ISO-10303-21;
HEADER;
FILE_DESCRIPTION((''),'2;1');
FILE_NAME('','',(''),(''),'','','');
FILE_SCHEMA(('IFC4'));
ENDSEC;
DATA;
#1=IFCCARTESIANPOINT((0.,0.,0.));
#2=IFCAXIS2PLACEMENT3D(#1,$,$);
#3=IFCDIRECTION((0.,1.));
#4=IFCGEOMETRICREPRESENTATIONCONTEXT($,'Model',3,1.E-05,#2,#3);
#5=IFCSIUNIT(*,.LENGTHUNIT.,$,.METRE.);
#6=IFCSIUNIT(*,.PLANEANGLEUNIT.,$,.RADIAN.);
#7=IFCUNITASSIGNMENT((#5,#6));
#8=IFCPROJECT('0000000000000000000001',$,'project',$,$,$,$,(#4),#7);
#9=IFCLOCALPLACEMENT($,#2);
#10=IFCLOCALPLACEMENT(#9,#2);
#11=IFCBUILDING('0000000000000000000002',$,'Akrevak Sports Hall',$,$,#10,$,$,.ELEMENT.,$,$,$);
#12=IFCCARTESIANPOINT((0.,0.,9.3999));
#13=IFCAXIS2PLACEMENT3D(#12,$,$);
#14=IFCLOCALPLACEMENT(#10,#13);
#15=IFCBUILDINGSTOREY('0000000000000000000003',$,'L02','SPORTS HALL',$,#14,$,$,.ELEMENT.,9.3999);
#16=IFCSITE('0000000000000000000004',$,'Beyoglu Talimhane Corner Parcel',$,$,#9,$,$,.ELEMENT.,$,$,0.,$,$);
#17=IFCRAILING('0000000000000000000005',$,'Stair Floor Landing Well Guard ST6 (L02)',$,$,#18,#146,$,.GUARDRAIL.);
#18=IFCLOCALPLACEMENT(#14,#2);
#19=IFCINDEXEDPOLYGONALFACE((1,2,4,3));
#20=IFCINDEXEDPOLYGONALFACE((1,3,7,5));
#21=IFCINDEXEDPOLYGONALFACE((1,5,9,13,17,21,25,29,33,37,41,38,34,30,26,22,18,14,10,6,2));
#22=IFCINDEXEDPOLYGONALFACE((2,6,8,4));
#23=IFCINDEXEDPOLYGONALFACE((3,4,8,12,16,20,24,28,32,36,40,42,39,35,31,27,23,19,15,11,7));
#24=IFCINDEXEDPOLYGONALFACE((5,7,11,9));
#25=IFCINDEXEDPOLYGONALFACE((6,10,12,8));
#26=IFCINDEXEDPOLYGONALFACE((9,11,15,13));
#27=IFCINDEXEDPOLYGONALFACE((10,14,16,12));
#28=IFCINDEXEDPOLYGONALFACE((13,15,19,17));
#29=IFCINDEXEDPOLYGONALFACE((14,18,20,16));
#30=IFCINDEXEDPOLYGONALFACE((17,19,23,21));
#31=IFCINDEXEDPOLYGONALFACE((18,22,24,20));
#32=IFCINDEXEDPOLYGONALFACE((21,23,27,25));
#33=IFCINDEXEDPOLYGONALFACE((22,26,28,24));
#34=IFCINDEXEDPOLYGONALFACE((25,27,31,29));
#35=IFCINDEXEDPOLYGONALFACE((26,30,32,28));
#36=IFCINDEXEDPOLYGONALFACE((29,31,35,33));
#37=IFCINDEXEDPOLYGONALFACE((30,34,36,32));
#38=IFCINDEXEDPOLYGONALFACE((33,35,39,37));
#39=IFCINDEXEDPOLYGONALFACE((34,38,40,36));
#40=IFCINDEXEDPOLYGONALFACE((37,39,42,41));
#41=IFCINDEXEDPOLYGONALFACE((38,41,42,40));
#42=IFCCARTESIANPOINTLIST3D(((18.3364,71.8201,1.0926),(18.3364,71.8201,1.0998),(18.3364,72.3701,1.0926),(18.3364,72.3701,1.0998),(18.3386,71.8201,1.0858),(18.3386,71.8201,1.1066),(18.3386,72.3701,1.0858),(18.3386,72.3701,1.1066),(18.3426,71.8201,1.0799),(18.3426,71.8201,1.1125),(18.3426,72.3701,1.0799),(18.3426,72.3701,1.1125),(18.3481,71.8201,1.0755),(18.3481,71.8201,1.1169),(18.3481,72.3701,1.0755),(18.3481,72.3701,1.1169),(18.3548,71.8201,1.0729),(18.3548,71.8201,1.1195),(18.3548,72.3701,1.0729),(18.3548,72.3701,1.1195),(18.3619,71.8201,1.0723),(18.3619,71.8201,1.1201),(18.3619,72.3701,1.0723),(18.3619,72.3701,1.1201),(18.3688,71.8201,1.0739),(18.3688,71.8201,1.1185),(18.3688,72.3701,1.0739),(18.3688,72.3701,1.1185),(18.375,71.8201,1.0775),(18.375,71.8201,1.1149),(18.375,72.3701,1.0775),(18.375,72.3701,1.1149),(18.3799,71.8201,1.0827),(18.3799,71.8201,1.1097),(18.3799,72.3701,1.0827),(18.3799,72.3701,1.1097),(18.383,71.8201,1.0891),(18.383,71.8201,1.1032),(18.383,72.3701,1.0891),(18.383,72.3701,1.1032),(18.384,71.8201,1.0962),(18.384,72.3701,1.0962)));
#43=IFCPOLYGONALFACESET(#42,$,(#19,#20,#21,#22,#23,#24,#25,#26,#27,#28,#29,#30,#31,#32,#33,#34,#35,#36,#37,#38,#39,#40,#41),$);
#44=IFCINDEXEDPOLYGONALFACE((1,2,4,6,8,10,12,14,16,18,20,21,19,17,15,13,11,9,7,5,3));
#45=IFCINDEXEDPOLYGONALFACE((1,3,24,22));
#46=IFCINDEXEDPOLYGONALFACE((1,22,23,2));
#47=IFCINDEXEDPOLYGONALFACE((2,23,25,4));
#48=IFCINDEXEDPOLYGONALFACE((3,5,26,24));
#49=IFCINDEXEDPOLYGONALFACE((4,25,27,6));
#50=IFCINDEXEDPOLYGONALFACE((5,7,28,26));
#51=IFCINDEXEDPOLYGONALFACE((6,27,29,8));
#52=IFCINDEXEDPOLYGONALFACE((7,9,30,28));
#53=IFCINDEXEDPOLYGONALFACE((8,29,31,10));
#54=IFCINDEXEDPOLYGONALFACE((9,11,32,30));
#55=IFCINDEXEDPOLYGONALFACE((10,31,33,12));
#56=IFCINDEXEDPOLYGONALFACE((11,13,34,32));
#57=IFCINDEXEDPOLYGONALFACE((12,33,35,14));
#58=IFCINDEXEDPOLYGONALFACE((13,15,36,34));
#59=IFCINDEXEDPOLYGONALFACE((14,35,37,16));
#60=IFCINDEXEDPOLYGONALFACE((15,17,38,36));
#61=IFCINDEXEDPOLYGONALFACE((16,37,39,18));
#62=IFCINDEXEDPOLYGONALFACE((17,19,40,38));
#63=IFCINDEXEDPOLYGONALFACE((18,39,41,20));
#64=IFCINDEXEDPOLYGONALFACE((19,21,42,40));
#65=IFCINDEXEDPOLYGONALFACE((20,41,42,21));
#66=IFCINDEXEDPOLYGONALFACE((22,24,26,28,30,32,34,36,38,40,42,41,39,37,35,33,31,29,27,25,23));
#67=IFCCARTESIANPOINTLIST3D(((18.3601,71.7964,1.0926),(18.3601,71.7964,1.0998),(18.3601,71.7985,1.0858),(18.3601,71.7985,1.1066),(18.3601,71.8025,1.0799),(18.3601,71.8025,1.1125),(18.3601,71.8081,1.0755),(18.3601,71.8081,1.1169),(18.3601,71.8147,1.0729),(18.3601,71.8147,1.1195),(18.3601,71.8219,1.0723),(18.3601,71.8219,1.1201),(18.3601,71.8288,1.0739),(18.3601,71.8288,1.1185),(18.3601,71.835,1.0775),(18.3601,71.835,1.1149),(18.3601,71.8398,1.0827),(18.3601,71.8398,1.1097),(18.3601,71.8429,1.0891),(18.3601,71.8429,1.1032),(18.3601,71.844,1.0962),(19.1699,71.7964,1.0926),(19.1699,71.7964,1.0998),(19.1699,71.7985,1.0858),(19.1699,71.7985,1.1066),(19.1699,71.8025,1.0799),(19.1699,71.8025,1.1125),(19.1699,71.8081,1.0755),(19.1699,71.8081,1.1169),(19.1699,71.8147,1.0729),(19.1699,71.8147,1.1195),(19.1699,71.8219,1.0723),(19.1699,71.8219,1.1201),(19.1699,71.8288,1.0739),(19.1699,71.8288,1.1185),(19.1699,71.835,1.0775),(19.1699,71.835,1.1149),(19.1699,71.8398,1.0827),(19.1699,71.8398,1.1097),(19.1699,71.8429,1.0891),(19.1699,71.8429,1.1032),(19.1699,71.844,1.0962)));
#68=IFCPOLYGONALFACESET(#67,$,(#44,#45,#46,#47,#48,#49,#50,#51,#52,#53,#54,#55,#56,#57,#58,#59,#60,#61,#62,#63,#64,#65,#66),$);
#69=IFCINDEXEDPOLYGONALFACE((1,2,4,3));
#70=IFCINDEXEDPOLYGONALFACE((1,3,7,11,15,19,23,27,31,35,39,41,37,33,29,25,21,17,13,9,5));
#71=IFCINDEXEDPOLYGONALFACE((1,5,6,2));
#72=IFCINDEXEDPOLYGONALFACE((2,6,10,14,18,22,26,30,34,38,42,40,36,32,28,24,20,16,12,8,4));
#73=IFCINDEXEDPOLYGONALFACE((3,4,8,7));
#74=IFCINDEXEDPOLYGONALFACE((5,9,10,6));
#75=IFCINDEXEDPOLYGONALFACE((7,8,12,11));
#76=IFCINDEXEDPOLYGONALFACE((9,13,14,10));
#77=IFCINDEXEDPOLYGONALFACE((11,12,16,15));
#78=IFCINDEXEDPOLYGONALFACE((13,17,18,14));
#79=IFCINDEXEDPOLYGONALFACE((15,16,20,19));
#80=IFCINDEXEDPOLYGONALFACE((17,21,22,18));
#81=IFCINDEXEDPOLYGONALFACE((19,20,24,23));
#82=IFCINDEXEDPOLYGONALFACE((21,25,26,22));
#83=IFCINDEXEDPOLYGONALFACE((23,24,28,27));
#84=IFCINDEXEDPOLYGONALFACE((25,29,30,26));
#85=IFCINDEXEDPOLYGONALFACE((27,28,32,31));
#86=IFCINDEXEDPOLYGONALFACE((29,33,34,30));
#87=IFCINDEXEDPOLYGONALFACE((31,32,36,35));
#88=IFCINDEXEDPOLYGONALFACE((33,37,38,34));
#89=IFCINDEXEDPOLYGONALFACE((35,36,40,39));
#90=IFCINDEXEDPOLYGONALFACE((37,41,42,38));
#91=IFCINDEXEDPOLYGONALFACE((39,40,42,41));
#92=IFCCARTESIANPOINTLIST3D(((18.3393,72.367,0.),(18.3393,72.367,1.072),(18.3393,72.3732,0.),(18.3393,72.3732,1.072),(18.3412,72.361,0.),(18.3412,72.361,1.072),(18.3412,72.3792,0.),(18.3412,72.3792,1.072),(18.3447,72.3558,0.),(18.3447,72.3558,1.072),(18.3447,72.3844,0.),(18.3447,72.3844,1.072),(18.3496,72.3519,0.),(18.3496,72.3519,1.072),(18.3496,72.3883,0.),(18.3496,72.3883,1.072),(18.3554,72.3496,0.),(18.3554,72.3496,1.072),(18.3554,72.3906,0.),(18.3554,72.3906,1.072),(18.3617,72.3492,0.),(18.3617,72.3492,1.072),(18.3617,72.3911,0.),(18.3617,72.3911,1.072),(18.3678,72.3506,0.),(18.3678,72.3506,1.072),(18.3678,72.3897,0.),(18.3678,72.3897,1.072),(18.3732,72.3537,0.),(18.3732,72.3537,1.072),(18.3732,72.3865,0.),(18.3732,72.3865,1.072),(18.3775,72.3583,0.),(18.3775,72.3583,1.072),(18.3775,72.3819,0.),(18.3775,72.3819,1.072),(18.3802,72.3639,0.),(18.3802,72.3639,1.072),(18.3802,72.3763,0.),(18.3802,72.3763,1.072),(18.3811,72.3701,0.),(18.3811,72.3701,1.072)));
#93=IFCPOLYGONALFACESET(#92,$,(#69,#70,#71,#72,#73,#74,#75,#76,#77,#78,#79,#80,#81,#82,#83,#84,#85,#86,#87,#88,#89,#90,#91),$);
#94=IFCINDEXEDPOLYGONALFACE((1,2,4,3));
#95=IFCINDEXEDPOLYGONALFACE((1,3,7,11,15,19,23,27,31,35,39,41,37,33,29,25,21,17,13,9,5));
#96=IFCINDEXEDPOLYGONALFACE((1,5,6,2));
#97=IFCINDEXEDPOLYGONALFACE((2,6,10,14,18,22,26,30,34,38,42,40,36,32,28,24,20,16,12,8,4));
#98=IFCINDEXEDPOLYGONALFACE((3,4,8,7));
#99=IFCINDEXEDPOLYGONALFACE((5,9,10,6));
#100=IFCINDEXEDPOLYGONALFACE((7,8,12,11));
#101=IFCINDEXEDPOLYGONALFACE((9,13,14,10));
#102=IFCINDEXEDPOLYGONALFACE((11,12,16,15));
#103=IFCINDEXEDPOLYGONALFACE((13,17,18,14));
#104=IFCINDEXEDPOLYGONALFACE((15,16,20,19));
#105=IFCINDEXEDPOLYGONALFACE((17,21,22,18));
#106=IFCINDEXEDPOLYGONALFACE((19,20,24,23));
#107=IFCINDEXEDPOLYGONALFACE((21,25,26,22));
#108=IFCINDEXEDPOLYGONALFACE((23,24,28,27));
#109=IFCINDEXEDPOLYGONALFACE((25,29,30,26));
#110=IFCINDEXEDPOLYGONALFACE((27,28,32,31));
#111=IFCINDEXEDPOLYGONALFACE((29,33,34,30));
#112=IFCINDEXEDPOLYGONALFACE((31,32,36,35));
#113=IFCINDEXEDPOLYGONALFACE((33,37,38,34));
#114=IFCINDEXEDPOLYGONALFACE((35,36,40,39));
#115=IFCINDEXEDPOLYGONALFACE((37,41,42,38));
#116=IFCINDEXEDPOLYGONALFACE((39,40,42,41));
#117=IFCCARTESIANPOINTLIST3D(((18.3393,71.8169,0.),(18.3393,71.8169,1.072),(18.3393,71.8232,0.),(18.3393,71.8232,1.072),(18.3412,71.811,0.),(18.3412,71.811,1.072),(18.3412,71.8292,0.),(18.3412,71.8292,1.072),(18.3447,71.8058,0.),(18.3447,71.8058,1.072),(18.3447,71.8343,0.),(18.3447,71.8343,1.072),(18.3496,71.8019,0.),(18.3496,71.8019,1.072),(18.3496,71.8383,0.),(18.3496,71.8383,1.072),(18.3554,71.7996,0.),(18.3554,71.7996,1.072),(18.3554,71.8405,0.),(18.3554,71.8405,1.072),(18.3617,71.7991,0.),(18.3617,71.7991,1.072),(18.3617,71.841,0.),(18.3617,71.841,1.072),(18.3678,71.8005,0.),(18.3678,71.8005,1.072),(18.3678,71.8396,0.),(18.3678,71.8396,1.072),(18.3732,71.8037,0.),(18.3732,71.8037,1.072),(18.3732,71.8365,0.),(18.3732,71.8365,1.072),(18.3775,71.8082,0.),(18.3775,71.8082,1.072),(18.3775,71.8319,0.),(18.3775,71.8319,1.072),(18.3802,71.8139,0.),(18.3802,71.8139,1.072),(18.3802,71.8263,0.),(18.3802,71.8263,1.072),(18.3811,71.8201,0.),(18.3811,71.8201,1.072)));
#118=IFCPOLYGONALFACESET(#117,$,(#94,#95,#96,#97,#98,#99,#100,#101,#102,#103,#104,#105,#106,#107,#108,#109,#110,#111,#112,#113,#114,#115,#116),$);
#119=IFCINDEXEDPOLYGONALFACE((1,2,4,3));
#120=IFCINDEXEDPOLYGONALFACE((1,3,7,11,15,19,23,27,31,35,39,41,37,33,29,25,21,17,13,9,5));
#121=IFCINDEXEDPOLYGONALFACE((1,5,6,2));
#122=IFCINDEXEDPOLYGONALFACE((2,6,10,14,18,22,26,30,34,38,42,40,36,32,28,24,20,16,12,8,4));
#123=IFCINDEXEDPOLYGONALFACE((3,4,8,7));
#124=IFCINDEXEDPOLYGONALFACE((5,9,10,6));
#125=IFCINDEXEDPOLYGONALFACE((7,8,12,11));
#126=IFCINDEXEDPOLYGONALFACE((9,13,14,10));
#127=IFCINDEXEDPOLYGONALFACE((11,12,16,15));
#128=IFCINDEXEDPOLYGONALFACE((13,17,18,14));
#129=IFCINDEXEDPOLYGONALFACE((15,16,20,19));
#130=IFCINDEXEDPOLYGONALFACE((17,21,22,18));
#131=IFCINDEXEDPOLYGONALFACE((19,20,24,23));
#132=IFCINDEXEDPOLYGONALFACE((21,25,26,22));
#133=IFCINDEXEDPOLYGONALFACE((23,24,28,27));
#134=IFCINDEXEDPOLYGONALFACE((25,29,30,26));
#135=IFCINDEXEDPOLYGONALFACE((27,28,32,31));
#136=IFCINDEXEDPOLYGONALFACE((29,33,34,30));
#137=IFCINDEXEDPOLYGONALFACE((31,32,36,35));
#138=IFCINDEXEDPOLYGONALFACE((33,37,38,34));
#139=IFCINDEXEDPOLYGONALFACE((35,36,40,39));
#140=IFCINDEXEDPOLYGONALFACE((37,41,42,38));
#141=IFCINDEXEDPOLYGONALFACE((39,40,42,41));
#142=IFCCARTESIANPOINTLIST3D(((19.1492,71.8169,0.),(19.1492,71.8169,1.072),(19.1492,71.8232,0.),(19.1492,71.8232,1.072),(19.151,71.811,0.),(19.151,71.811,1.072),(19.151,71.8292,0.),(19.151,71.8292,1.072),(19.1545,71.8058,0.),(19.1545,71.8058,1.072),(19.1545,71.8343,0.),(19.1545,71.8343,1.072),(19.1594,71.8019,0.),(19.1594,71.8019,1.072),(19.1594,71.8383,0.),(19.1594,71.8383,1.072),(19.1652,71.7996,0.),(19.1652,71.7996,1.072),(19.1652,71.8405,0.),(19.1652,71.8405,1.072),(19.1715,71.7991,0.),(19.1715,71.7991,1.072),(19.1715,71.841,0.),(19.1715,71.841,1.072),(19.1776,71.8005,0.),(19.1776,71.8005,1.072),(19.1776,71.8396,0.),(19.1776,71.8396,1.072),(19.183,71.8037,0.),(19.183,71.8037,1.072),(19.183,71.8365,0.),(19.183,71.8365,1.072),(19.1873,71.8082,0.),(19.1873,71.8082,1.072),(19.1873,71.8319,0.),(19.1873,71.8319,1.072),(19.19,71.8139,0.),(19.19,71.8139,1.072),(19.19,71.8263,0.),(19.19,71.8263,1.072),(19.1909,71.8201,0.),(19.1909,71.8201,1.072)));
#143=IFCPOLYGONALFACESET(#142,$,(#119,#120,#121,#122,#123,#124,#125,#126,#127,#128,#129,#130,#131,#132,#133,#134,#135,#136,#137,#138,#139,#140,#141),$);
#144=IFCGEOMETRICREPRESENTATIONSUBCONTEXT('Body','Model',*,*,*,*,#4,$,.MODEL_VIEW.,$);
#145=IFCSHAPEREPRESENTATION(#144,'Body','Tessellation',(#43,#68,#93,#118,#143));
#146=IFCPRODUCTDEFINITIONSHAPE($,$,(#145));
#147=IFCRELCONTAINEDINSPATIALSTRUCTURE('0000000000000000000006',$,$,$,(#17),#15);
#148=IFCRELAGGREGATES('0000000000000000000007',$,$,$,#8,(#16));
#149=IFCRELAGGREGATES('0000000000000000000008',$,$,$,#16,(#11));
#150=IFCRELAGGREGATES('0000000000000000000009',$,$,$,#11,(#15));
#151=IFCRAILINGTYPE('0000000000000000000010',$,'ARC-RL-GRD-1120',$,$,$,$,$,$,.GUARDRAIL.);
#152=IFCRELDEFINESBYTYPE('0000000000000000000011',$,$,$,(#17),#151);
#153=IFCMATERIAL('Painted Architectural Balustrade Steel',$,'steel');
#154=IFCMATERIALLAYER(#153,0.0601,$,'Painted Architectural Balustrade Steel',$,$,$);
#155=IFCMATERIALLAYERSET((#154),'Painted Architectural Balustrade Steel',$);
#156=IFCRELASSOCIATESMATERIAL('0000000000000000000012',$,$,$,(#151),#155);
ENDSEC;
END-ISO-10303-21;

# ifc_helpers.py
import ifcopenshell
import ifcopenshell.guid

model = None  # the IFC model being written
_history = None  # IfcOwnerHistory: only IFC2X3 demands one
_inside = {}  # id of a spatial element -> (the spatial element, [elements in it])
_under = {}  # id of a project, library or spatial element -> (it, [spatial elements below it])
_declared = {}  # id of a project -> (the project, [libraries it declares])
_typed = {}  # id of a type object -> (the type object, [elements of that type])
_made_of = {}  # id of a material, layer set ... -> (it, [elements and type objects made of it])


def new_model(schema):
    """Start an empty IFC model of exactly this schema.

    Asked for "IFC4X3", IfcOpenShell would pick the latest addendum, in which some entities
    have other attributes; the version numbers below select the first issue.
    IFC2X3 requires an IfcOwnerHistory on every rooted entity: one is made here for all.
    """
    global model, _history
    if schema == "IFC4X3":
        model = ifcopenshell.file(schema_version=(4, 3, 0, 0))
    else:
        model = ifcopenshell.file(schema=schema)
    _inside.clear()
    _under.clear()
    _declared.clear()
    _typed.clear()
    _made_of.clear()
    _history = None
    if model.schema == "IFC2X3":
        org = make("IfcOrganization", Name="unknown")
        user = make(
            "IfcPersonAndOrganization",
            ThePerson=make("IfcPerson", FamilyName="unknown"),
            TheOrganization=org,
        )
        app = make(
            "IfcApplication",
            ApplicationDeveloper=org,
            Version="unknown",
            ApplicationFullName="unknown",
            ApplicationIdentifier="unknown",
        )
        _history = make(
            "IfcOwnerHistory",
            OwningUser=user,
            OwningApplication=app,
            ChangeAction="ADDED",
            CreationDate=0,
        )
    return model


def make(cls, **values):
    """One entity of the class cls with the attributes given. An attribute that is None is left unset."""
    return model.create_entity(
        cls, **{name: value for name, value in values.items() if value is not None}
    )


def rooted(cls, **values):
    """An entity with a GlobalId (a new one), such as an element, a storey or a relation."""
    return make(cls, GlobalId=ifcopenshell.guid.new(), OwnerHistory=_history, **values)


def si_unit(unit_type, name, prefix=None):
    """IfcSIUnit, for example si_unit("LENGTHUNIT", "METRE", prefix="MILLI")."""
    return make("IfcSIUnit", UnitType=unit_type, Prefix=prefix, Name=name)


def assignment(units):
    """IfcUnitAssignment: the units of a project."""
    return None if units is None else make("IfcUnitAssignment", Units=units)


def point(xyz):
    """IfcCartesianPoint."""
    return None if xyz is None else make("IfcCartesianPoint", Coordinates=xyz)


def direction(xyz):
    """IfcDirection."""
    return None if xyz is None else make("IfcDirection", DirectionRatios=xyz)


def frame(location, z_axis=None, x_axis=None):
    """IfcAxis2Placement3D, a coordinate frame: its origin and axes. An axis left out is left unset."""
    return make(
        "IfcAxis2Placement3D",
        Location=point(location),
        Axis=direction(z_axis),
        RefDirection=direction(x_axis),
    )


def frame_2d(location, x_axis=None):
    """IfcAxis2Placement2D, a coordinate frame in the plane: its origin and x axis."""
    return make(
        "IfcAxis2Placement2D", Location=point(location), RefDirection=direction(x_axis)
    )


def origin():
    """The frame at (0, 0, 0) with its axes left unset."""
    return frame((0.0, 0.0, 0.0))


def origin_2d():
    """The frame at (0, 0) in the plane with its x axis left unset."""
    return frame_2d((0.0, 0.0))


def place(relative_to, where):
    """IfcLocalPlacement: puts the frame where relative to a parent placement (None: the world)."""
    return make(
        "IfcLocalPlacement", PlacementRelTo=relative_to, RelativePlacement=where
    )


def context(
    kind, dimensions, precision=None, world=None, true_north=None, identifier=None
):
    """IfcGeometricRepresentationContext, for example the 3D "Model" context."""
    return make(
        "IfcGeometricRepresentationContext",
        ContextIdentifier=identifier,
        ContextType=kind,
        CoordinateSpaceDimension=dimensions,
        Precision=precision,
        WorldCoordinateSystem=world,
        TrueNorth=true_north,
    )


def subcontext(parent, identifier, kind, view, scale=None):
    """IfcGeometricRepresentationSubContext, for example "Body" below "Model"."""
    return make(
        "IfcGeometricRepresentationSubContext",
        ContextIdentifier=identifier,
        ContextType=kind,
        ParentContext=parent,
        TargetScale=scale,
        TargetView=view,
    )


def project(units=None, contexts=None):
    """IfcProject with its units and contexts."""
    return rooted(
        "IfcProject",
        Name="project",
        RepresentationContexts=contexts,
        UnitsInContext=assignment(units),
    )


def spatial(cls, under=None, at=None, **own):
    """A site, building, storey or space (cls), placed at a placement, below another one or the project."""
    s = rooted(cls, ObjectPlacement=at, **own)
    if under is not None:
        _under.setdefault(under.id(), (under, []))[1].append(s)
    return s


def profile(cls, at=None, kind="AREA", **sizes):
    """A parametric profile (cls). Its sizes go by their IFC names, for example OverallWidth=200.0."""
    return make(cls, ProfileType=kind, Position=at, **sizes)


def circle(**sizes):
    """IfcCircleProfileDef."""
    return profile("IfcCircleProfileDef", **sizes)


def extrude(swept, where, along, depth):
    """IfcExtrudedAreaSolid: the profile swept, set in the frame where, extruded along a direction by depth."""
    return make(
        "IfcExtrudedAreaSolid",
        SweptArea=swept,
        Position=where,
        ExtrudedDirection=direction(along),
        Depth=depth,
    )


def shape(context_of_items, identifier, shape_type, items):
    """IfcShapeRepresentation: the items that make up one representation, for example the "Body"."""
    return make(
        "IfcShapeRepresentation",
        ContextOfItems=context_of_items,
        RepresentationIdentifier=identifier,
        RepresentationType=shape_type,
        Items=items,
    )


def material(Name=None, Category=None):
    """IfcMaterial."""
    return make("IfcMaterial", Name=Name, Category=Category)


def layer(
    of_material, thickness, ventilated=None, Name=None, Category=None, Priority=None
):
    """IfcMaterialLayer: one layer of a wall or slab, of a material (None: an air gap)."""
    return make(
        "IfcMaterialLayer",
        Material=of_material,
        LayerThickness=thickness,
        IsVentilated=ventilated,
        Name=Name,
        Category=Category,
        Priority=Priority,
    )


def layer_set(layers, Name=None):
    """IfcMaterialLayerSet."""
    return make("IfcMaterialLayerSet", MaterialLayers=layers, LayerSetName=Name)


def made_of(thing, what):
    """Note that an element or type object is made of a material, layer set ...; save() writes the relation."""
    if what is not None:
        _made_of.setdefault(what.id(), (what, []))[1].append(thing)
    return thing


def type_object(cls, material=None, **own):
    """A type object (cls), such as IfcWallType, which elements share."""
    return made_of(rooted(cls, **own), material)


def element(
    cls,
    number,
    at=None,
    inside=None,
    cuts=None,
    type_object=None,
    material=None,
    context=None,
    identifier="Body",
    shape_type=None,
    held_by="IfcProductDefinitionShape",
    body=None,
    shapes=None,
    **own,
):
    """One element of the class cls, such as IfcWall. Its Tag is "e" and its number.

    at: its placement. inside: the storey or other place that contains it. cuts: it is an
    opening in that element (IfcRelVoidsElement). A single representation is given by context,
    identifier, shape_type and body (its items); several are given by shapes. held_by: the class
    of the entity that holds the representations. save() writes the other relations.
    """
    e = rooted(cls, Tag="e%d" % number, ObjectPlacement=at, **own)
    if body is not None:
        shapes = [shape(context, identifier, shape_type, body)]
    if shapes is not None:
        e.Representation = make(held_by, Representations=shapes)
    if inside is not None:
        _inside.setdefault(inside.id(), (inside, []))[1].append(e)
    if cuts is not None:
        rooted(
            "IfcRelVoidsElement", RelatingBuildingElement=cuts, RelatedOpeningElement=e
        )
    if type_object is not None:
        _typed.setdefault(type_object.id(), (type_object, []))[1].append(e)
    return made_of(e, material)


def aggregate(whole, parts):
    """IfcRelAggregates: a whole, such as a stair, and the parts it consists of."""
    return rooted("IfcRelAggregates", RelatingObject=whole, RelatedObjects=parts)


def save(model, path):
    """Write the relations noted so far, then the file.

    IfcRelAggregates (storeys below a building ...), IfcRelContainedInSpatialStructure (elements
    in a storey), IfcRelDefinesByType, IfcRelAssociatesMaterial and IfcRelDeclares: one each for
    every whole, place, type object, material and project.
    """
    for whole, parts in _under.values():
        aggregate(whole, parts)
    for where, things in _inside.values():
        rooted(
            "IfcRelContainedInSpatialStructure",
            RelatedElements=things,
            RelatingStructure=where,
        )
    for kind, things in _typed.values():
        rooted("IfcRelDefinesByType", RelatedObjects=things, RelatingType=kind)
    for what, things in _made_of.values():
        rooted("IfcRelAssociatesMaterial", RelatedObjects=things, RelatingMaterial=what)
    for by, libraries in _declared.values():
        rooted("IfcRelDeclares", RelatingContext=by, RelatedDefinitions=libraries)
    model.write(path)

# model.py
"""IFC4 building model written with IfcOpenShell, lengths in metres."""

from ifc_helpers import new_model, si_unit, direction, frame, origin, origin_2d, place, context, subcontext, project, spatial, circle, extrude, material, layer, layer_set, type_object, element, save


model = new_model("IFC4")

# Units and contexts
model_context = context("Model", 3, precision=1e-05, world=origin(), true_north=direction((0.0, 1.0)))
body_context = subcontext(model_context, "Body", "Model", "MODEL_VIEW")
ifc_project = project(units=[si_unit("LENGTHUNIT", "METRE"), si_unit("PLANEANGLEUNIT", "RADIAN")], contexts=[model_context])

# Site, building, storey
site_placement = place(None, origin())
site = spatial("IfcSite", under=ifc_project, at=site_placement, Name="Beyoglu Talimhane Corner Parcel", CompositionType="ELEMENT", RefElevation=0.0)
building_placement = place(site_placement, origin())
building = spatial("IfcBuilding", under=site, at=building_placement, Name="Akrevak Sports Hall", CompositionType="ELEMENT")
storey_placement = place(building_placement, frame((0.0, 0.0, 9.3999)))
storey = spatial("IfcBuildingStorey", under=building, at=storey_placement, Name="L02", Description="SPORTS HALL", CompositionType="ELEMENT", Elevation=9.3999)

# Railing
ifc_material_1 = material(Name="Painted Architectural Balustrade Steel", Category="steel")
ifc_layer_1 = layer(ifc_material_1, 0.0601, Name="Painted Architectural Balustrade Steel")
ifc_layer_set_1 = layer_set([ifc_layer_1], Name="Painted Architectural Balustrade Steel")
railing_type_1 = type_object("IfcRailingType", Name="ARC-RL-GRD-1120", PredefinedType="GUARDRAIL", material=ifc_layer_set_1)
railing_1_placement = place(storey_placement, frame((18.3601, 72.3701, 0.0)))
element("IfcRailing", 1, at=railing_1_placement, inside=storey, type_object=railing_type_1, Name="Stair Floor Landing Well Guard ST6 (L02)", PredefinedType="GUARDRAIL", context=body_context, shape_type="SweptSolid", body=[
    extrude(circle(Radius=0.0239, at=origin_2d()), frame((0.0, 0.0, 1.0962), z_axis=(0.0, -1.0, 0.0), x_axis=(1.0, 0.0, 0.0)), (0.0, 0.0, 1.0), 0.55),
    extrude(circle(Radius=0.0239, at=origin_2d()), frame((0.0, -0.55, 1.0962), z_axis=(1.0, 0.0, 0.0), x_axis=(0.0, 1.0, 0.0)), (0.0, 0.0, 1.0), 0.8098),
    extrude(circle(Radius=0.021, at=origin_2d()), origin(), (0.0, 0.0, 1.0), 1.072),
    extrude(circle(Radius=0.021, at=origin_2d()), frame((0.0, -0.55, 0.0)), (0.0, 0.0, 1.0), 1.072),
    extrude(circle(Radius=0.021, at=origin_2d()), frame((0.8098, -0.55, 0.0)), (0.0, 0.0, 1.0), 1.072),
])

save(model, "model.ifc")
